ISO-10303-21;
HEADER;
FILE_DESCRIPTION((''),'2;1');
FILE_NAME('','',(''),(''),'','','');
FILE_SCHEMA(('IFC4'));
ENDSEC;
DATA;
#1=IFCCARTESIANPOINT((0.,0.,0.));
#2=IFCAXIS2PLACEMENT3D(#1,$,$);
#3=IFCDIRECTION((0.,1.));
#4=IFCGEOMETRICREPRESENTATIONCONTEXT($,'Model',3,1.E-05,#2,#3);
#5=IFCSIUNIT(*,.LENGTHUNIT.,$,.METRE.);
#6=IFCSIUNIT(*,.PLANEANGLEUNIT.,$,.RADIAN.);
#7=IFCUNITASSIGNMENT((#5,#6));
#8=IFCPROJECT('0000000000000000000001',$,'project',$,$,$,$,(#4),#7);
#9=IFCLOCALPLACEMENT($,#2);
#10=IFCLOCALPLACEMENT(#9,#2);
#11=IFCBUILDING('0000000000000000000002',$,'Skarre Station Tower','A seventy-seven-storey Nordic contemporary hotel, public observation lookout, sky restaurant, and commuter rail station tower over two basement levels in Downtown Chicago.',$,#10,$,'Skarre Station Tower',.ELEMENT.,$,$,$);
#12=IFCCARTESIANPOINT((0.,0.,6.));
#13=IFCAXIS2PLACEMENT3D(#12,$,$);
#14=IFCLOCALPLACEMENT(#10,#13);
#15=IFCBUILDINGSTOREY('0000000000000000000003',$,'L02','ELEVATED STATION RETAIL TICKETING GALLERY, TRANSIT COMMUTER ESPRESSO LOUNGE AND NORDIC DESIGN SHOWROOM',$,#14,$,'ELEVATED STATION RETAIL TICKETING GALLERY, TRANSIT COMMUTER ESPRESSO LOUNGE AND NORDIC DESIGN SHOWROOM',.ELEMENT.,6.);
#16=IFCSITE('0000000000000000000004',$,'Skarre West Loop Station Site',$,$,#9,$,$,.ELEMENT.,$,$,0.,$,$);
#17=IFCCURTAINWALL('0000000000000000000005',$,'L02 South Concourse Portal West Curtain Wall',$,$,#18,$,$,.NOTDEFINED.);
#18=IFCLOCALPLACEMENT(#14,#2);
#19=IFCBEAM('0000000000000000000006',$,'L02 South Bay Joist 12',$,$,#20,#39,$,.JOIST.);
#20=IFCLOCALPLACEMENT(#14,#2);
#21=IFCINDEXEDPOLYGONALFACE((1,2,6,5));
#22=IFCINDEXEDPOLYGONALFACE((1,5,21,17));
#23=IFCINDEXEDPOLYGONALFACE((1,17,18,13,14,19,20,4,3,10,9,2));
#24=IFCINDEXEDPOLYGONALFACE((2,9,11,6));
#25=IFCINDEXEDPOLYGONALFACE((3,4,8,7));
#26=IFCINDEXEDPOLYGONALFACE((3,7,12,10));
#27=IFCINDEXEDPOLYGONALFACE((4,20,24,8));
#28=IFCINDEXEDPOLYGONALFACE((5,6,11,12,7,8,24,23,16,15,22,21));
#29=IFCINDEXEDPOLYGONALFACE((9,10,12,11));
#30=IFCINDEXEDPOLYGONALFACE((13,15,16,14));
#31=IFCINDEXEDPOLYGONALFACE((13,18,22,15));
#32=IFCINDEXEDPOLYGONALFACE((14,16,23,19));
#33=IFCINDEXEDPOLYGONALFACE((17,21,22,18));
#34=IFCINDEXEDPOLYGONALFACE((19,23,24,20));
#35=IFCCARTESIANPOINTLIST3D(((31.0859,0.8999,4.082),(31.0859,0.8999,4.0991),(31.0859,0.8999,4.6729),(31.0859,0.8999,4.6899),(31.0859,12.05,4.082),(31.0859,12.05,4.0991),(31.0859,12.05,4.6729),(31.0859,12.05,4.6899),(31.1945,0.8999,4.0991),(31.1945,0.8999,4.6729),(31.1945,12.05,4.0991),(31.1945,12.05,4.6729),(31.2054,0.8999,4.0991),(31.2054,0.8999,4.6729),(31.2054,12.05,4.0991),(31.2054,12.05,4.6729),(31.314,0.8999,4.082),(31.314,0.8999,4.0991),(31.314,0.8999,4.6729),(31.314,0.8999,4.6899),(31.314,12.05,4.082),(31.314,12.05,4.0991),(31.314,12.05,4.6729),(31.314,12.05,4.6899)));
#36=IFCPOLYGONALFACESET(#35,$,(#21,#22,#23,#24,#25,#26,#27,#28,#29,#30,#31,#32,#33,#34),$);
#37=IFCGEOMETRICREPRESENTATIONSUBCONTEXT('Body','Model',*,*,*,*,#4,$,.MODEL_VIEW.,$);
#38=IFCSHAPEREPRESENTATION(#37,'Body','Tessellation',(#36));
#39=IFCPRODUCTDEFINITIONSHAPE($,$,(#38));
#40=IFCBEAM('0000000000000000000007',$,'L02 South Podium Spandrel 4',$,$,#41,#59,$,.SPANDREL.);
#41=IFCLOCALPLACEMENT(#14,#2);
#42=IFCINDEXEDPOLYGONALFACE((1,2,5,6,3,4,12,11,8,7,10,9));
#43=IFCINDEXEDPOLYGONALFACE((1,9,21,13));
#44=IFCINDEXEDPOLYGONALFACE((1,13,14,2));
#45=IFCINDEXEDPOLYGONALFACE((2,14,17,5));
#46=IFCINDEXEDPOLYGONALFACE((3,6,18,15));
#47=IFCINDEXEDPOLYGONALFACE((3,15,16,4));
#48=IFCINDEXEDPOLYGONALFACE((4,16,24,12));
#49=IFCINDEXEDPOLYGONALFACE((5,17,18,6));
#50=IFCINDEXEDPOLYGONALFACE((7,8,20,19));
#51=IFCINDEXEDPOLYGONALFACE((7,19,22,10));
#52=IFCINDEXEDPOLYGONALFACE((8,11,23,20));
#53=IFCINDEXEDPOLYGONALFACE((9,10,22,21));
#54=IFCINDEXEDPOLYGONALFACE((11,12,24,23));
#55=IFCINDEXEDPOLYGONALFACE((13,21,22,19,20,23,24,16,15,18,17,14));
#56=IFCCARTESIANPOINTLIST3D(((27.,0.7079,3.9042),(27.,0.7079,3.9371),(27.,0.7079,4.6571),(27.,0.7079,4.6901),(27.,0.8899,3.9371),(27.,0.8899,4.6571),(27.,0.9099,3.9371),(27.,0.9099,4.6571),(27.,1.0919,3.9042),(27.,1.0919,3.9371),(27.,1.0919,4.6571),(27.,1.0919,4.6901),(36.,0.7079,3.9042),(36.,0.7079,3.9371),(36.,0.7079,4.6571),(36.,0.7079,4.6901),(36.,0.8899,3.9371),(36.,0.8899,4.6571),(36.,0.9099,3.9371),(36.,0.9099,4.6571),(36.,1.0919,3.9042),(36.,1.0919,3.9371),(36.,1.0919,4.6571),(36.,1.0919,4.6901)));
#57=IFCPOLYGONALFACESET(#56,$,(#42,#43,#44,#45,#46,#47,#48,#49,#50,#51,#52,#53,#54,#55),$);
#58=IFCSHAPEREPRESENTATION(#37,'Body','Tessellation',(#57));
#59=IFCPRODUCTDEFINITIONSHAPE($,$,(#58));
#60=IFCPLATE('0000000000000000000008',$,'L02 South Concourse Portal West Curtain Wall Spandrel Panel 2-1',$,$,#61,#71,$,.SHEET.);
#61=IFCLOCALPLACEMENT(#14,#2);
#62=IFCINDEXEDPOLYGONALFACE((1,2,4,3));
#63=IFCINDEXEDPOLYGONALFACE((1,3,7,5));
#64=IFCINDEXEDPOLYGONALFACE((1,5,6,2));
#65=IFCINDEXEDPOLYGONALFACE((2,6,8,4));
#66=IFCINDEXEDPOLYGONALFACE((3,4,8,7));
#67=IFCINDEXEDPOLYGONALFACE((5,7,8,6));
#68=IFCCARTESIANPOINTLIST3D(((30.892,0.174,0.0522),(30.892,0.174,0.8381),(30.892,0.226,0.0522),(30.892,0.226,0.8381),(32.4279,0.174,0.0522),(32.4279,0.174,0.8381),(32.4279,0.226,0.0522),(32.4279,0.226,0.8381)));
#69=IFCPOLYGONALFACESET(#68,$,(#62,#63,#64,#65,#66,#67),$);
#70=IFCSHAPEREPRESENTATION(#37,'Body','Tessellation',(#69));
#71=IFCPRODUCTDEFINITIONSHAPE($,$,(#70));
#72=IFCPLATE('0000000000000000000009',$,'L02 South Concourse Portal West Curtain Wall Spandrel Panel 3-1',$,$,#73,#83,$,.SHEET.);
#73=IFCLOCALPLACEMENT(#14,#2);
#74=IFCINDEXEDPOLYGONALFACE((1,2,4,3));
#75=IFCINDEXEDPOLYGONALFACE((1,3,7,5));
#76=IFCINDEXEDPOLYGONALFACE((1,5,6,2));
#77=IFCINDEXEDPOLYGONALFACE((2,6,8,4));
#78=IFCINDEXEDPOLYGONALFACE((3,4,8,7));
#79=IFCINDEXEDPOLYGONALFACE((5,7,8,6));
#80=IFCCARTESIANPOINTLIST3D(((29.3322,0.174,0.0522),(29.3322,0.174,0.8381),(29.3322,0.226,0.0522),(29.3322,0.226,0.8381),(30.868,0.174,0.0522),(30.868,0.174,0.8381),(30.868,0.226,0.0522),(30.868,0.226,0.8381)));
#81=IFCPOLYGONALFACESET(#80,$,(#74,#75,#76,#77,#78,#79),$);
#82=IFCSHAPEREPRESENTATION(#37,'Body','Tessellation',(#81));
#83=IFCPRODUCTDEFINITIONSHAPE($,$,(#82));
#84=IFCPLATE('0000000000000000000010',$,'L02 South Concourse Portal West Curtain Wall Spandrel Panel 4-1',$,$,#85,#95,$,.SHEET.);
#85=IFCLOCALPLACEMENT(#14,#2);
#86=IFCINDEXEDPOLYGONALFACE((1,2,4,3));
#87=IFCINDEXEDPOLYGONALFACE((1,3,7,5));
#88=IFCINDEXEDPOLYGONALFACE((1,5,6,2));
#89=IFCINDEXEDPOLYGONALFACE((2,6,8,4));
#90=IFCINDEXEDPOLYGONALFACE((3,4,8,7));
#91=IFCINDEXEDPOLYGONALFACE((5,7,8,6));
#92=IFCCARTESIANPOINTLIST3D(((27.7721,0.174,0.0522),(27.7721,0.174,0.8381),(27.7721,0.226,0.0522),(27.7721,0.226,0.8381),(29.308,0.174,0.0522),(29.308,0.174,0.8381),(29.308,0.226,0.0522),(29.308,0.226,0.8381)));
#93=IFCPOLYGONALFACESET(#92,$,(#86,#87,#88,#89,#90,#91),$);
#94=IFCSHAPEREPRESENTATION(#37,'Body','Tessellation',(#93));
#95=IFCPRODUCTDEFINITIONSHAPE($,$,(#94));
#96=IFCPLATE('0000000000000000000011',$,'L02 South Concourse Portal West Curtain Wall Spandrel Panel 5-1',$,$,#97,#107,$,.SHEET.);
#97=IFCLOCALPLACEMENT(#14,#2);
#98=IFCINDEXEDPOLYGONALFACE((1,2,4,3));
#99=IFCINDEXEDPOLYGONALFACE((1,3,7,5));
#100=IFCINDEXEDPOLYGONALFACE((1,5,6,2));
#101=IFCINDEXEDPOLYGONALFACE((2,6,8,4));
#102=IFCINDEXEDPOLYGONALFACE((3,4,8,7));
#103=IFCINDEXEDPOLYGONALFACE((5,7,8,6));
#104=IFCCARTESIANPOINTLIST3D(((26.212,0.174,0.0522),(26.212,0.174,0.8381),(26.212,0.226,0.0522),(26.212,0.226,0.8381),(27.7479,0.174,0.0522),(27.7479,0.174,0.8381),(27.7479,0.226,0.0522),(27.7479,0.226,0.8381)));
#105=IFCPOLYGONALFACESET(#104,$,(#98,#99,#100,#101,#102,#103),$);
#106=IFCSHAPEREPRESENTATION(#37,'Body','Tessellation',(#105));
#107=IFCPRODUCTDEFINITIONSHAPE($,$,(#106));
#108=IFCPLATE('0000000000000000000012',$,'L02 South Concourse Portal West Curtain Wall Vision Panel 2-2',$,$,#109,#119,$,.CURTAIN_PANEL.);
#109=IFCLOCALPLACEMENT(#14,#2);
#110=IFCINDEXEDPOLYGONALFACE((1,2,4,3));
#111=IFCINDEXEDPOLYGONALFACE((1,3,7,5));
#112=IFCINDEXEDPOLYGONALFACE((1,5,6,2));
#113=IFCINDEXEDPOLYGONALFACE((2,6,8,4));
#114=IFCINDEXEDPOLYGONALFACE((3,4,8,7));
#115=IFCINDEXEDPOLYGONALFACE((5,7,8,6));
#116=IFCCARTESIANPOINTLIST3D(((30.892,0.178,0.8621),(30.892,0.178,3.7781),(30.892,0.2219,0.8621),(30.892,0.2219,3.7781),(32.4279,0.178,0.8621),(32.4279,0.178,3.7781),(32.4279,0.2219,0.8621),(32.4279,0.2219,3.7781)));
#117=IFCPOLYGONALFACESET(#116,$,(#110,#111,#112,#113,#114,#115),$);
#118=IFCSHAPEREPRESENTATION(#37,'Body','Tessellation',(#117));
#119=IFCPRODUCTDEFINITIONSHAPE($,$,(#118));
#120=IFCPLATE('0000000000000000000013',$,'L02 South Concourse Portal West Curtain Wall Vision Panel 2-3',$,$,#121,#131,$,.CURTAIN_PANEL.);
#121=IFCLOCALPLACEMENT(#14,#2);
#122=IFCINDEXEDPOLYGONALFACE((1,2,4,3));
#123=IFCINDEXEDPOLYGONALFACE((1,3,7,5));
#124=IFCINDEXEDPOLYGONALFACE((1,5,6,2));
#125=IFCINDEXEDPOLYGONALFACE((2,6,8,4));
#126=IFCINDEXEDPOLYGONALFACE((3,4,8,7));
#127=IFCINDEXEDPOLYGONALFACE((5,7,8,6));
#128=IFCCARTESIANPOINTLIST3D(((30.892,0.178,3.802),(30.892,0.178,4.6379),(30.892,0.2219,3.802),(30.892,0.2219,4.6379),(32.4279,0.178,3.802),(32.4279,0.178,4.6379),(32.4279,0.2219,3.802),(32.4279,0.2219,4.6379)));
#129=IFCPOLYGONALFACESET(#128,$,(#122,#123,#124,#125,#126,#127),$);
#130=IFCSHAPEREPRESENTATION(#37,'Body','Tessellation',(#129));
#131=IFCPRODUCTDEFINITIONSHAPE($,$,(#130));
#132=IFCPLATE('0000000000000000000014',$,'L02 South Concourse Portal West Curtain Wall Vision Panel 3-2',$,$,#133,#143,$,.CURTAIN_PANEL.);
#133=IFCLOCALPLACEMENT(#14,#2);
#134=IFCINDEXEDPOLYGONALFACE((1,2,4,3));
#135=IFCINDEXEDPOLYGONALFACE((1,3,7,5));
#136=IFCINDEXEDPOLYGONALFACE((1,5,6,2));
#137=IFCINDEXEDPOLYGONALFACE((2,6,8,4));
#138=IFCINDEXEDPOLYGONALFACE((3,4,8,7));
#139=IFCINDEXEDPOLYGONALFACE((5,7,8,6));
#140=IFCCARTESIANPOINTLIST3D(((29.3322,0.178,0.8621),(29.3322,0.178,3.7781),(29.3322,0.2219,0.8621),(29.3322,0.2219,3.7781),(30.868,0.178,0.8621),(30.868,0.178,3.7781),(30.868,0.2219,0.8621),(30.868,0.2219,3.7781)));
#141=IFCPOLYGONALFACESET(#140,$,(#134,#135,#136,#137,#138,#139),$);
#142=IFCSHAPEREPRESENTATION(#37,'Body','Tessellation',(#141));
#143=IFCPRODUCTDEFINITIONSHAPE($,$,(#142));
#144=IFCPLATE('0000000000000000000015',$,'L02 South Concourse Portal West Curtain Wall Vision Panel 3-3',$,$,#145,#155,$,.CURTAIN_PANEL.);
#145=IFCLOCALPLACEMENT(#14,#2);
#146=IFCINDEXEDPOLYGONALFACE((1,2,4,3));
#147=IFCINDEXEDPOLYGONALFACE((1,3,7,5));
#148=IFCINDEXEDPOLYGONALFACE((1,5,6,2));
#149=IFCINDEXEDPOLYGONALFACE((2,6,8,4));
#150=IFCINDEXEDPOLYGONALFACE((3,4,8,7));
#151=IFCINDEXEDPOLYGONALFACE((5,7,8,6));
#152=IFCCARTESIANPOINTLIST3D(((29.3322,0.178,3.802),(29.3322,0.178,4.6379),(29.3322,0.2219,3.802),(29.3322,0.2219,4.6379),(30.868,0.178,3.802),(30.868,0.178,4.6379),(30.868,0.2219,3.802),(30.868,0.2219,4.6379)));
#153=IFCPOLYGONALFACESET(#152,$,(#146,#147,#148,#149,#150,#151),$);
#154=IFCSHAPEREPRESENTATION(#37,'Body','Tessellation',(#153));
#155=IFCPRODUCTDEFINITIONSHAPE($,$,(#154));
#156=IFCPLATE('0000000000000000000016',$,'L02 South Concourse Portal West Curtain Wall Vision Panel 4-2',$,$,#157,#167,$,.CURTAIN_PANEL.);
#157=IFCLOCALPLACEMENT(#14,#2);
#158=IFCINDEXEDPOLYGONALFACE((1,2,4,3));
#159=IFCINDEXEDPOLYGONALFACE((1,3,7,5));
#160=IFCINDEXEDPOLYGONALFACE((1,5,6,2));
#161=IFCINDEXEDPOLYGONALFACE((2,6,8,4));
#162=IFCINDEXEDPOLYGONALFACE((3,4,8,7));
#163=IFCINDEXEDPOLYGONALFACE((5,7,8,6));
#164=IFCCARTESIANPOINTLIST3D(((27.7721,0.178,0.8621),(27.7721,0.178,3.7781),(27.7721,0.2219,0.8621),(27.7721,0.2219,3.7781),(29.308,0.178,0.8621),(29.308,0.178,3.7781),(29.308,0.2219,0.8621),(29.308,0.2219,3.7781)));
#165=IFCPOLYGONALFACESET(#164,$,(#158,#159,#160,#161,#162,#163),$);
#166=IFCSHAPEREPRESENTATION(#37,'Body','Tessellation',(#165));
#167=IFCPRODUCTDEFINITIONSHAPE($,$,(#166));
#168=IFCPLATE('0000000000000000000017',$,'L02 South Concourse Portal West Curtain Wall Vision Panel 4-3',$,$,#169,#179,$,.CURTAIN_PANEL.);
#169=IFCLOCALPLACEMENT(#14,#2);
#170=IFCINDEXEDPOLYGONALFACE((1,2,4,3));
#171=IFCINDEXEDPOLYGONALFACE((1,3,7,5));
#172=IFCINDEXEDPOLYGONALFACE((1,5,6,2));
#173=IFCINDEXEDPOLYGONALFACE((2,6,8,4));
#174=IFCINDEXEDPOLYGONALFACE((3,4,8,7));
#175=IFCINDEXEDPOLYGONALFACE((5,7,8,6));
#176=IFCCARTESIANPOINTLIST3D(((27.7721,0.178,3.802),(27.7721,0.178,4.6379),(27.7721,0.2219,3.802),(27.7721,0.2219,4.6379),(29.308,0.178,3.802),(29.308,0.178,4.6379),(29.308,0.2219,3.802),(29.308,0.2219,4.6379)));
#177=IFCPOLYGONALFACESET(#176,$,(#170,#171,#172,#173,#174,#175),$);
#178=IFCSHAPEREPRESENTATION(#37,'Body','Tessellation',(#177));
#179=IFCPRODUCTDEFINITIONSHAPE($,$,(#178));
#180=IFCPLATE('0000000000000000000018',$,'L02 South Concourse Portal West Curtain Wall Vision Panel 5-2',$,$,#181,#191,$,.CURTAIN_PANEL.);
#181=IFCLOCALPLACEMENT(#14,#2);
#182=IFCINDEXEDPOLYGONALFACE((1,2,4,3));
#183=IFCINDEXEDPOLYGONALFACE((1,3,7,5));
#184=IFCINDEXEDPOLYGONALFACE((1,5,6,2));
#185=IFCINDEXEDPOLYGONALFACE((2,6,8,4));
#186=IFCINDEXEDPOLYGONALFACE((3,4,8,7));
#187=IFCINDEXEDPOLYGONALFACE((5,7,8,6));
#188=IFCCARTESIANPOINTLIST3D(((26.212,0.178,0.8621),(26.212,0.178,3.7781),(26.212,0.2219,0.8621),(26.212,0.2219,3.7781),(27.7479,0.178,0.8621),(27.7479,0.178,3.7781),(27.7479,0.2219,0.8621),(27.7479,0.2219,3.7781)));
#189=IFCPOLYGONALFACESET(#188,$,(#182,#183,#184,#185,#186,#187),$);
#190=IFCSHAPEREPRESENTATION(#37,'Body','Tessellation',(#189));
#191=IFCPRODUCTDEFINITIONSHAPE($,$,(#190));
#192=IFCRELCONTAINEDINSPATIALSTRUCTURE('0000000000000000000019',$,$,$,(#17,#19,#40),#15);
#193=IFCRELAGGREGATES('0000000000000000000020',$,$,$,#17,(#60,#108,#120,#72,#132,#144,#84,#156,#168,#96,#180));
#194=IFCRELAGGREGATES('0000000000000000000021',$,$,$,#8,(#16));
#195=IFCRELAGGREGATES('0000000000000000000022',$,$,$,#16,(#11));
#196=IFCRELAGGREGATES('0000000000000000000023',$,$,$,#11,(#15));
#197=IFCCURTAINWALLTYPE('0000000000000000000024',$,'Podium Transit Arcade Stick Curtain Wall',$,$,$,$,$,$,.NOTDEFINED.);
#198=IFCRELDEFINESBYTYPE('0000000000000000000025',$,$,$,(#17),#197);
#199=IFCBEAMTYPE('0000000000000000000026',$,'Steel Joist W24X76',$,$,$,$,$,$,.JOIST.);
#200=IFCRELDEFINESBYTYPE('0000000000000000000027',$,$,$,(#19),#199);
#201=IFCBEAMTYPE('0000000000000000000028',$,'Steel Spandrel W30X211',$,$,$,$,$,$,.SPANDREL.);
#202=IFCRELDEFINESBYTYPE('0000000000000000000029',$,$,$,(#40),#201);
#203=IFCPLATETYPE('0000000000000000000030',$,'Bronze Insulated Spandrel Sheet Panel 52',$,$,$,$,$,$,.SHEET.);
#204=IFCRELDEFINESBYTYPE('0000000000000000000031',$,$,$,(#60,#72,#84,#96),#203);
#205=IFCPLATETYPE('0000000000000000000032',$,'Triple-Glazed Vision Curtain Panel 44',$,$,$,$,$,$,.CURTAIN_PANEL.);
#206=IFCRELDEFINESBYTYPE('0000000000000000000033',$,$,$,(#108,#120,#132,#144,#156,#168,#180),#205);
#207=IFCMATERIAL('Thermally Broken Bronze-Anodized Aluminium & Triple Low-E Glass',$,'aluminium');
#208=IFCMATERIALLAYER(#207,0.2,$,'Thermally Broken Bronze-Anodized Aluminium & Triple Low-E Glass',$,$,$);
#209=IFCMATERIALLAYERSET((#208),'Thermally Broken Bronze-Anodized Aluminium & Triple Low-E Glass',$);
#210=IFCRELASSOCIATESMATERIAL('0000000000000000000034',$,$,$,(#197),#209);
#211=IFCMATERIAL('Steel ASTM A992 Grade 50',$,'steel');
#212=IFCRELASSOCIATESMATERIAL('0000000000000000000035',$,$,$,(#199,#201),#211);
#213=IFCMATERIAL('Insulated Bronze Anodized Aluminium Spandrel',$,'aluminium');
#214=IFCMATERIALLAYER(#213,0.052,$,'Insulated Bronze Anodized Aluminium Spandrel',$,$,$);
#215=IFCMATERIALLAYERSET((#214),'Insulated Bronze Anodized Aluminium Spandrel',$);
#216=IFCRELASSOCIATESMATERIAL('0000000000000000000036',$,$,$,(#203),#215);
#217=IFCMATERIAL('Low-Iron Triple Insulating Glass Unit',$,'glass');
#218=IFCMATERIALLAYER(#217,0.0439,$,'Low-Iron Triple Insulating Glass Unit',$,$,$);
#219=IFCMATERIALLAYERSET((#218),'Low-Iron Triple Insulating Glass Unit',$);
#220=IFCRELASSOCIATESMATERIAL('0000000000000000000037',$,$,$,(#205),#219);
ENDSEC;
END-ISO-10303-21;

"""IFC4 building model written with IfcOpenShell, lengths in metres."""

from ifc_helpers import new_model, si_unit, direction, frame, origin, origin_2d, place, context, subcontext, project, spatial, rectangle, i_section, extrude, material, layer, layer_set, material_profile, profile_set, type_object, element, aggregate, save


model = new_model("IFC4")

# Units and contexts
model_context = context("Model", 3, precision=1e-05, world=origin(), true_north=direction((0.0, 1.0)))
body_context = subcontext(model_context, "Body", "Model", "MODEL_VIEW")
ifc_project = project(units=[si_unit("LENGTHUNIT", "METRE"), si_unit("PLANEANGLEUNIT", "RADIAN")], contexts=[model_context])

# Site, building, storey
site_placement = place(None, origin())
site = spatial("IfcSite", under=ifc_project, at=site_placement, Name="Skarre West Loop Station Site", CompositionType="ELEMENT", RefElevation=0.0)
building_placement = place(site_placement, origin())
building = spatial("IfcBuilding", under=site, at=building_placement, Name="Skarre Station Tower", Description="A seventy-seven-storey Nordic contemporary hotel, public observation lookout, sky restaurant, and commuter rail station tower over two basement levels in Downtown Chicago.", LongName="Skarre Station Tower", CompositionType="ELEMENT")
storey_placement = place(building_placement, frame((0.0, 0.0, 6.0)))
storey = spatial("IfcBuildingStorey", under=building, at=storey_placement, Name="L02", Description="ELEVATED STATION RETAIL TICKETING GALLERY, TRANSIT COMMUTER ESPRESSO LOUNGE AND NORDIC DESIGN SHOWROOM", LongName="ELEVATED STATION RETAIL TICKETING GALLERY, TRANSIT COMMUTER ESPRESSO LOUNGE AND NORDIC DESIGN SHOWROOM", CompositionType="ELEMENT", Elevation=6.0)

# Curtain wall
ifc_material_1 = material(Name="Thermally Broken Bronze-Anodized Aluminium & Triple Low-E Glass", Category="aluminium")
ifc_layer_1 = layer(ifc_material_1, 0.2, Name="Thermally Broken Bronze-Anodized Aluminium & Triple Low-E Glass")
ifc_layer_set_1 = layer_set([ifc_layer_1], Name="Thermally Broken Bronze-Anodized Aluminium & Triple Low-E Glass")
curtain_wall_type = type_object("IfcCurtainWallType", Name="Podium Transit Arcade Stick Curtain Wall", PredefinedType="NOTDEFINED", material=ifc_layer_set_1)
curtain_wall_placement = place(storey_placement, origin())
curtain_wall = element("IfcCurtainWall", 1, at=curtain_wall_placement, inside=storey, type_object=curtain_wall_type, Name="L02 South Concourse Portal West Curtain Wall", PredefinedType="NOTDEFINED")

# Beams
ifc_material_2 = material(Name="Steel ASTM A992 Grade 50", Category="steel")
ifc_material_profile_1 = material_profile(ifc_material_2, i_section(OverallWidth=0.228, OverallDepth=0.6079, WebThickness=0.011, FlangeThickness=0.0171, at=origin_2d()), Name="Steel ASTM A992 Grade 50")
ifc_profile_set_1 = profile_set([ifc_material_profile_1], Name="Steel ASTM A992 Grade 50")
beam_type_1 = type_object("IfcBeamType", Name="Steel Joist W24X76", PredefinedType="JOIST", material=ifc_profile_set_1)
for number, where, z_axis, x_axis, name in (
    (2, (31.2, 0.8999, 4.386), (0.0, 1.0, 0.0), (-1.0, 0.0, 0.0), "L02 South Bay Joist 12"),
):
    element("IfcBeam", number, at=place(storey_placement, frame(where, z_axis=z_axis, x_axis=x_axis)), inside=storey, type_object=beam_type_1, Name=name, PredefinedType="JOIST", context=body_context, shape_type="SweptSolid", body=[
        extrude(i_section(OverallWidth=0.228, OverallDepth=0.6079, WebThickness=0.011, FlangeThickness=0.0171, at=origin_2d()), origin(), (0.0, 0.0, 1.0), 11.1501),
    ])
ifc_material_profile_2 = material_profile(ifc_material_2, i_section(OverallWidth=0.384, OverallDepth=0.7859, WebThickness=0.02, FlangeThickness=0.033, at=origin_2d()), Name="Steel ASTM A992 Grade 50")
ifc_profile_set_2 = profile_set([ifc_material_profile_2], Name="Steel ASTM A992 Grade 50")
beam_type_2 = type_object("IfcBeamType", Name="Steel Spandrel W30X211", PredefinedType="SPANDREL", material=ifc_profile_set_2)
beam_placement = place(storey_placement, frame((27.0, 0.8999, 4.2971), z_axis=(1.0, 0.0, 0.0), x_axis=(0.0, 1.0, 0.0)))
element("IfcBeam", 3, at=beam_placement, inside=storey, type_object=beam_type_2, Name="L02 South Podium Spandrel 4", PredefinedType="SPANDREL", context=body_context, shape_type="SweptSolid", body=[
    extrude(i_section(OverallWidth=0.384, OverallDepth=0.7859, WebThickness=0.02, FlangeThickness=0.033, at=origin_2d()), origin(), (0.0, 0.0, 1.0), 9.0),
])

# Plates
ifc_material_3 = material(Name="Insulated Bronze Anodized Aluminium Spandrel", Category="aluminium")
ifc_layer_2 = layer(ifc_material_3, 0.052, Name="Insulated Bronze Anodized Aluminium Spandrel")
ifc_layer_set_2 = layer_set([ifc_layer_2], Name="Insulated Bronze Anodized Aluminium Spandrel")
plate_type_1 = type_object("IfcPlateType", Name="Bronze Insulated Spandrel Sheet Panel 52", PredefinedType="SHEET", material=ifc_layer_set_2)
plate_1_placement = place(storey_placement, frame((31.6599, 0.2, 0.0522), z_axis=(0.0, 0.0, 1.0), x_axis=(-1.0, 0.0, 0.0)))
plate_1 = element("IfcPlate", 4, at=plate_1_placement, type_object=plate_type_1, Name="L02 South Concourse Portal West Curtain Wall Spandrel Panel 2-1", PredefinedType="SHEET", context=body_context, shape_type="SweptSolid", body=[
    extrude(rectangle(XDim=1.5359, YDim=0.052, at=origin_2d()), origin(), (0.0, 0.0, 1.0), 0.7859),
])
plate_2_placement = place(storey_placement, frame((30.1001, 0.2, 0.0522), z_axis=(0.0, 0.0, 1.0), x_axis=(-1.0, 0.0, 0.0)))
plate_2 = element("IfcPlate", 5, at=plate_2_placement, type_object=plate_type_1, Name="L02 South Concourse Portal West Curtain Wall Spandrel Panel 3-1", PredefinedType="SHEET", context=body_context, shape_type="SweptSolid", body=[
    extrude(rectangle(XDim=1.5359, YDim=0.052, at=origin_2d()), origin(), (0.0, 0.0, 1.0), 0.7859),
])
plate_3_placement = place(storey_placement, frame((28.54, 0.2, 0.0522), z_axis=(0.0, 0.0, 1.0), x_axis=(-1.0, 0.0, 0.0)))
plate_3 = element("IfcPlate", 6, at=plate_3_placement, type_object=plate_type_1, Name="L02 South Concourse Portal West Curtain Wall Spandrel Panel 4-1", PredefinedType="SHEET", context=body_context, shape_type="SweptSolid", body=[
    extrude(rectangle(XDim=1.5359, YDim=0.052, at=origin_2d()), origin(), (0.0, 0.0, 1.0), 0.7859),
])
plate_4_placement = place(storey_placement, frame((26.98, 0.2, 0.0522), z_axis=(0.0, 0.0, 1.0), x_axis=(-1.0, 0.0, 0.0)))
plate_4 = element("IfcPlate", 7, at=plate_4_placement, type_object=plate_type_1, Name="L02 South Concourse Portal West Curtain Wall Spandrel Panel 5-1", PredefinedType="SHEET", context=body_context, shape_type="SweptSolid", body=[
    extrude(rectangle(XDim=1.5359, YDim=0.052, at=origin_2d()), origin(), (0.0, 0.0, 1.0), 0.7859),
])
ifc_material_4 = material(Name="Low-Iron Triple Insulating Glass Unit", Category="glass")
ifc_layer_3 = layer(ifc_material_4, 0.0439, Name="Low-Iron Triple Insulating Glass Unit")
ifc_layer_set_3 = layer_set([ifc_layer_3], Name="Low-Iron Triple Insulating Glass Unit")
plate_type_2 = type_object("IfcPlateType", Name="Triple-Glazed Vision Curtain Panel 44", PredefinedType="CURTAIN_PANEL", material=ifc_layer_set_3)
plate_5_placement = place(storey_placement, frame((31.6599, 0.2, 0.8621), z_axis=(0.0, 0.0, 1.0), x_axis=(-1.0, 0.0, 0.0)))
plate_5 = element("IfcPlate", 8, at=plate_5_placement, type_object=plate_type_2, Name="L02 South Concourse Portal West Curtain Wall Vision Panel 2-2", PredefinedType="CURTAIN_PANEL", context=body_context, shape_type="SweptSolid", body=[
    extrude(rectangle(XDim=1.5359, YDim=0.0439, at=origin_2d()), origin(), (0.0, 0.0, 1.0), 2.916),
])
plate_6_placement = place(storey_placement, frame((31.6599, 0.2, 3.802), z_axis=(0.0, 0.0, 1.0), x_axis=(-1.0, 0.0, 0.0)))
plate_6 = element("IfcPlate", 9, at=plate_6_placement, type_object=plate_type_2, Name="L02 South Concourse Portal West Curtain Wall Vision Panel 2-3", PredefinedType="CURTAIN_PANEL", context=body_context, shape_type="SweptSolid", body=[
    extrude(rectangle(XDim=1.5359, YDim=0.0439, at=origin_2d()), origin(), (0.0, 0.0, 1.0), 0.8359),
])
plate_7_placement = place(storey_placement, frame((30.1001, 0.2, 0.8621), z_axis=(0.0, 0.0, 1.0), x_axis=(-1.0, 0.0, 0.0)))
plate_7 = element("IfcPlate", 10, at=plate_7_placement, type_object=plate_type_2, Name="L02 South Concourse Portal West Curtain Wall Vision Panel 3-2", PredefinedType="CURTAIN_PANEL", context=body_context, shape_type="SweptSolid", body=[
    extrude(rectangle(XDim=1.5359, YDim=0.0439, at=origin_2d()), origin(), (0.0, 0.0, 1.0), 2.916),
])
plate_8_placement = place(storey_placement, frame((30.1001, 0.2, 3.802), z_axis=(0.0, 0.0, 1.0), x_axis=(-1.0, 0.0, 0.0)))
plate_8 = element("IfcPlate", 11, at=plate_8_placement, type_object=plate_type_2, Name="L02 South Concourse Portal West Curtain Wall Vision Panel 3-3", PredefinedType="CURTAIN_PANEL", context=body_context, shape_type="SweptSolid", body=[
    extrude(rectangle(XDim=1.5359, YDim=0.0439, at=origin_2d()), origin(), (0.0, 0.0, 1.0), 0.8359),
])
plate_9_placement = place(storey_placement, frame((28.54, 0.2, 0.8621), z_axis=(0.0, 0.0, 1.0), x_axis=(-1.0, 0.0, 0.0)))
plate_9 = element("IfcPlate", 12, at=plate_9_placement, type_object=plate_type_2, Name="L02 South Concourse Portal West Curtain Wall Vision Panel 4-2", PredefinedType="CURTAIN_PANEL", context=body_context, shape_type="SweptSolid", body=[
    extrude(rectangle(XDim=1.5359, YDim=0.0439, at=origin_2d()), origin(), (0.0, 0.0, 1.0), 2.916),
])
plate_10_placement = place(storey_placement, frame((28.54, 0.2, 3.802), z_axis=(0.0, 0.0, 1.0), x_axis=(-1.0, 0.0, 0.0)))
plate_10 = element("IfcPlate", 13, at=plate_10_placement, type_object=plate_type_2, Name="L02 South Concourse Portal West Curtain Wall Vision Panel 4-3", PredefinedType="CURTAIN_PANEL", context=body_context, shape_type="SweptSolid", body=[
    extrude(rectangle(XDim=1.5359, YDim=0.0439, at=origin_2d()), origin(), (0.0, 0.0, 1.0), 0.8359),
])
plate_11_placement = place(storey_placement, frame((26.98, 0.2, 0.8621), z_axis=(0.0, 0.0, 1.0), x_axis=(-1.0, 0.0, 0.0)))
plate_11 = element("IfcPlate", 14, at=plate_11_placement, type_object=plate_type_2, Name="L02 South Concourse Portal West Curtain Wall Vision Panel 5-2", PredefinedType="CURTAIN_PANEL", context=body_context, shape_type="SweptSolid", body=[
    extrude(rectangle(XDim=1.5359, YDim=0.0439, at=origin_2d()), origin(), (0.0, 0.0, 1.0), 2.916),
])
aggregate(curtain_wall, [plate_1, plate_5, plate_6, plate_2, plate_7, plate_8, plate_3, plate_9, plate_10, plate_4, plate_11])

save(model, "model.ifc")
